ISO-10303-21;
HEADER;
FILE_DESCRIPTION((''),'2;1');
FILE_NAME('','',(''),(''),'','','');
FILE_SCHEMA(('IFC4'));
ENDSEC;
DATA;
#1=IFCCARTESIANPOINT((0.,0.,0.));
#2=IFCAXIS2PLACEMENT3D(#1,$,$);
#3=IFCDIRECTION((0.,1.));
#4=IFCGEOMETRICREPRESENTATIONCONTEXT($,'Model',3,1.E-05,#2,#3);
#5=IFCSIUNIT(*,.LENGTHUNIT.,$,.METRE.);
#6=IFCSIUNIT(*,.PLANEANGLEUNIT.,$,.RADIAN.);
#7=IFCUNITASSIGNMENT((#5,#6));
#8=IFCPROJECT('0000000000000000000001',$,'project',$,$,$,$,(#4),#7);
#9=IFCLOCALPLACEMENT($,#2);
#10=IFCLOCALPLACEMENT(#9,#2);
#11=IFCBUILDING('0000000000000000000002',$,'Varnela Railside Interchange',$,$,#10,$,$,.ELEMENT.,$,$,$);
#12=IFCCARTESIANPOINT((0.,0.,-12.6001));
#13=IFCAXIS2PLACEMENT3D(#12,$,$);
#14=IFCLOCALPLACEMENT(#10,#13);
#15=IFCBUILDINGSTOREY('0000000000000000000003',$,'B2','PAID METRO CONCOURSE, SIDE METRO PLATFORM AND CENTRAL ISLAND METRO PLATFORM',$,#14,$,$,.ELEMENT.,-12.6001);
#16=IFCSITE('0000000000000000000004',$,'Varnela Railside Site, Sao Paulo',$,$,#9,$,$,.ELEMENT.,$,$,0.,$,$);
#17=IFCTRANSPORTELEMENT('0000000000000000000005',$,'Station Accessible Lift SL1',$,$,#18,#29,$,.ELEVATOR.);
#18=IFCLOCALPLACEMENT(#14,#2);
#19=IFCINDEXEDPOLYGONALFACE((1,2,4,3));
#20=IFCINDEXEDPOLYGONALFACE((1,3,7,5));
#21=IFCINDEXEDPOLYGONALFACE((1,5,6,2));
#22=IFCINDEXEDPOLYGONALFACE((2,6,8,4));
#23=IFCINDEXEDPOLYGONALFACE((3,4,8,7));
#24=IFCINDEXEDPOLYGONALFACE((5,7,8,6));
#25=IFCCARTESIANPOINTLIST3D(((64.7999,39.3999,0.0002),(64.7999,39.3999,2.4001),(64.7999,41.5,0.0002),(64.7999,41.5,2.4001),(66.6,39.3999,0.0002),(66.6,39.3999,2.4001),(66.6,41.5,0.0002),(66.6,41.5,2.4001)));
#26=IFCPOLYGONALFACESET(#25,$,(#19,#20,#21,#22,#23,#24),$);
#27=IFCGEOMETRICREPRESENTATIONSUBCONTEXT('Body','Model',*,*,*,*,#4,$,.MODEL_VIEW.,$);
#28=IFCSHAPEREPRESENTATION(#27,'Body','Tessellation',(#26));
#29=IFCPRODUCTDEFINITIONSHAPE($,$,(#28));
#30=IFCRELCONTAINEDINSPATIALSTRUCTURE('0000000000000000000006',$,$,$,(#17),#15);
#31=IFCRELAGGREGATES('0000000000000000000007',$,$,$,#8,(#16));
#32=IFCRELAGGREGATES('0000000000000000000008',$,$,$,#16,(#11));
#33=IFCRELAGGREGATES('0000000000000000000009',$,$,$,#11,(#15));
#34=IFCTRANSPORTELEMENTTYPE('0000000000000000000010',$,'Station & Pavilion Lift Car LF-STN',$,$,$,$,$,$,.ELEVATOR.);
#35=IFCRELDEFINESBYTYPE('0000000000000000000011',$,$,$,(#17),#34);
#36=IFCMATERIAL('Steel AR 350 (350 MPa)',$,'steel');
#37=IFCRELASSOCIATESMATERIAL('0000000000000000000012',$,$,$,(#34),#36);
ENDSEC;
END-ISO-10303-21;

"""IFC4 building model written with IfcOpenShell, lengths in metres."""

from ifc_helpers import new_model, si_unit, direction, frame, origin, origin_2d, place, context, subcontext, project, spatial, rectangle, extrude, material, type_object, element, save


model = new_model("IFC4")

# Units and contexts
model_context = context("Model", 3, precision=1e-05, world=origin(), true_north=direction((0.0, 1.0)))
body_context = subcontext(model_context, "Body", "Model", "MODEL_VIEW")
ifc_project = project(units=[si_unit("LENGTHUNIT", "METRE"), si_unit("PLANEANGLEUNIT", "RADIAN")], contexts=[model_context])

# Site, building, storey
site_placement = place(None, origin())
site = spatial("IfcSite", under=ifc_project, at=site_placement, Name="Varnela Railside Site, Sao Paulo", CompositionType="ELEMENT", RefElevation=0.0)
building_placement = place(site_placement, origin())
building = spatial("IfcBuilding", under=site, at=building_placement, Name="Varnela Railside Interchange", CompositionType="ELEMENT")
storey_placement = place(building_placement, frame((0.0, 0.0, -12.6001)))
storey = spatial("IfcBuildingStorey", under=building, at=storey_placement, Name="B2", Description="PAID METRO CONCOURSE, SIDE METRO PLATFORM AND CENTRAL ISLAND METRO PLATFORM", CompositionType="ELEMENT", Elevation=-12.6001)

# Shared definitions
ifc_material_1 = material(Name="Steel AR 350 (350 MPa)", Category="steel")

# Transport element
transport_element_type = type_object("IfcTransportElementType", Name="Station & Pavilion Lift Car LF-STN", PredefinedType="ELEVATOR", material=ifc_material_1)
transport_element_placement = place(storey_placement, frame((65.7, 40.45, 0.0002), z_axis=(0.0, 0.0, 1.0), x_axis=(1.0, 0.0, 0.0)))
element("IfcTransportElement", 1, at=transport_element_placement, inside=storey, type_object=transport_element_type, Name="Station Accessible Lift SL1", PredefinedType="ELEVATOR", context=body_context, shape_type="SweptSolid", body=[
    extrude(rectangle(XDim=1.8, YDim=2.1001, at=origin_2d()), origin(), (0.0, 0.0, 1.0), 2.3999),
])

save(model, "model.ifc")
